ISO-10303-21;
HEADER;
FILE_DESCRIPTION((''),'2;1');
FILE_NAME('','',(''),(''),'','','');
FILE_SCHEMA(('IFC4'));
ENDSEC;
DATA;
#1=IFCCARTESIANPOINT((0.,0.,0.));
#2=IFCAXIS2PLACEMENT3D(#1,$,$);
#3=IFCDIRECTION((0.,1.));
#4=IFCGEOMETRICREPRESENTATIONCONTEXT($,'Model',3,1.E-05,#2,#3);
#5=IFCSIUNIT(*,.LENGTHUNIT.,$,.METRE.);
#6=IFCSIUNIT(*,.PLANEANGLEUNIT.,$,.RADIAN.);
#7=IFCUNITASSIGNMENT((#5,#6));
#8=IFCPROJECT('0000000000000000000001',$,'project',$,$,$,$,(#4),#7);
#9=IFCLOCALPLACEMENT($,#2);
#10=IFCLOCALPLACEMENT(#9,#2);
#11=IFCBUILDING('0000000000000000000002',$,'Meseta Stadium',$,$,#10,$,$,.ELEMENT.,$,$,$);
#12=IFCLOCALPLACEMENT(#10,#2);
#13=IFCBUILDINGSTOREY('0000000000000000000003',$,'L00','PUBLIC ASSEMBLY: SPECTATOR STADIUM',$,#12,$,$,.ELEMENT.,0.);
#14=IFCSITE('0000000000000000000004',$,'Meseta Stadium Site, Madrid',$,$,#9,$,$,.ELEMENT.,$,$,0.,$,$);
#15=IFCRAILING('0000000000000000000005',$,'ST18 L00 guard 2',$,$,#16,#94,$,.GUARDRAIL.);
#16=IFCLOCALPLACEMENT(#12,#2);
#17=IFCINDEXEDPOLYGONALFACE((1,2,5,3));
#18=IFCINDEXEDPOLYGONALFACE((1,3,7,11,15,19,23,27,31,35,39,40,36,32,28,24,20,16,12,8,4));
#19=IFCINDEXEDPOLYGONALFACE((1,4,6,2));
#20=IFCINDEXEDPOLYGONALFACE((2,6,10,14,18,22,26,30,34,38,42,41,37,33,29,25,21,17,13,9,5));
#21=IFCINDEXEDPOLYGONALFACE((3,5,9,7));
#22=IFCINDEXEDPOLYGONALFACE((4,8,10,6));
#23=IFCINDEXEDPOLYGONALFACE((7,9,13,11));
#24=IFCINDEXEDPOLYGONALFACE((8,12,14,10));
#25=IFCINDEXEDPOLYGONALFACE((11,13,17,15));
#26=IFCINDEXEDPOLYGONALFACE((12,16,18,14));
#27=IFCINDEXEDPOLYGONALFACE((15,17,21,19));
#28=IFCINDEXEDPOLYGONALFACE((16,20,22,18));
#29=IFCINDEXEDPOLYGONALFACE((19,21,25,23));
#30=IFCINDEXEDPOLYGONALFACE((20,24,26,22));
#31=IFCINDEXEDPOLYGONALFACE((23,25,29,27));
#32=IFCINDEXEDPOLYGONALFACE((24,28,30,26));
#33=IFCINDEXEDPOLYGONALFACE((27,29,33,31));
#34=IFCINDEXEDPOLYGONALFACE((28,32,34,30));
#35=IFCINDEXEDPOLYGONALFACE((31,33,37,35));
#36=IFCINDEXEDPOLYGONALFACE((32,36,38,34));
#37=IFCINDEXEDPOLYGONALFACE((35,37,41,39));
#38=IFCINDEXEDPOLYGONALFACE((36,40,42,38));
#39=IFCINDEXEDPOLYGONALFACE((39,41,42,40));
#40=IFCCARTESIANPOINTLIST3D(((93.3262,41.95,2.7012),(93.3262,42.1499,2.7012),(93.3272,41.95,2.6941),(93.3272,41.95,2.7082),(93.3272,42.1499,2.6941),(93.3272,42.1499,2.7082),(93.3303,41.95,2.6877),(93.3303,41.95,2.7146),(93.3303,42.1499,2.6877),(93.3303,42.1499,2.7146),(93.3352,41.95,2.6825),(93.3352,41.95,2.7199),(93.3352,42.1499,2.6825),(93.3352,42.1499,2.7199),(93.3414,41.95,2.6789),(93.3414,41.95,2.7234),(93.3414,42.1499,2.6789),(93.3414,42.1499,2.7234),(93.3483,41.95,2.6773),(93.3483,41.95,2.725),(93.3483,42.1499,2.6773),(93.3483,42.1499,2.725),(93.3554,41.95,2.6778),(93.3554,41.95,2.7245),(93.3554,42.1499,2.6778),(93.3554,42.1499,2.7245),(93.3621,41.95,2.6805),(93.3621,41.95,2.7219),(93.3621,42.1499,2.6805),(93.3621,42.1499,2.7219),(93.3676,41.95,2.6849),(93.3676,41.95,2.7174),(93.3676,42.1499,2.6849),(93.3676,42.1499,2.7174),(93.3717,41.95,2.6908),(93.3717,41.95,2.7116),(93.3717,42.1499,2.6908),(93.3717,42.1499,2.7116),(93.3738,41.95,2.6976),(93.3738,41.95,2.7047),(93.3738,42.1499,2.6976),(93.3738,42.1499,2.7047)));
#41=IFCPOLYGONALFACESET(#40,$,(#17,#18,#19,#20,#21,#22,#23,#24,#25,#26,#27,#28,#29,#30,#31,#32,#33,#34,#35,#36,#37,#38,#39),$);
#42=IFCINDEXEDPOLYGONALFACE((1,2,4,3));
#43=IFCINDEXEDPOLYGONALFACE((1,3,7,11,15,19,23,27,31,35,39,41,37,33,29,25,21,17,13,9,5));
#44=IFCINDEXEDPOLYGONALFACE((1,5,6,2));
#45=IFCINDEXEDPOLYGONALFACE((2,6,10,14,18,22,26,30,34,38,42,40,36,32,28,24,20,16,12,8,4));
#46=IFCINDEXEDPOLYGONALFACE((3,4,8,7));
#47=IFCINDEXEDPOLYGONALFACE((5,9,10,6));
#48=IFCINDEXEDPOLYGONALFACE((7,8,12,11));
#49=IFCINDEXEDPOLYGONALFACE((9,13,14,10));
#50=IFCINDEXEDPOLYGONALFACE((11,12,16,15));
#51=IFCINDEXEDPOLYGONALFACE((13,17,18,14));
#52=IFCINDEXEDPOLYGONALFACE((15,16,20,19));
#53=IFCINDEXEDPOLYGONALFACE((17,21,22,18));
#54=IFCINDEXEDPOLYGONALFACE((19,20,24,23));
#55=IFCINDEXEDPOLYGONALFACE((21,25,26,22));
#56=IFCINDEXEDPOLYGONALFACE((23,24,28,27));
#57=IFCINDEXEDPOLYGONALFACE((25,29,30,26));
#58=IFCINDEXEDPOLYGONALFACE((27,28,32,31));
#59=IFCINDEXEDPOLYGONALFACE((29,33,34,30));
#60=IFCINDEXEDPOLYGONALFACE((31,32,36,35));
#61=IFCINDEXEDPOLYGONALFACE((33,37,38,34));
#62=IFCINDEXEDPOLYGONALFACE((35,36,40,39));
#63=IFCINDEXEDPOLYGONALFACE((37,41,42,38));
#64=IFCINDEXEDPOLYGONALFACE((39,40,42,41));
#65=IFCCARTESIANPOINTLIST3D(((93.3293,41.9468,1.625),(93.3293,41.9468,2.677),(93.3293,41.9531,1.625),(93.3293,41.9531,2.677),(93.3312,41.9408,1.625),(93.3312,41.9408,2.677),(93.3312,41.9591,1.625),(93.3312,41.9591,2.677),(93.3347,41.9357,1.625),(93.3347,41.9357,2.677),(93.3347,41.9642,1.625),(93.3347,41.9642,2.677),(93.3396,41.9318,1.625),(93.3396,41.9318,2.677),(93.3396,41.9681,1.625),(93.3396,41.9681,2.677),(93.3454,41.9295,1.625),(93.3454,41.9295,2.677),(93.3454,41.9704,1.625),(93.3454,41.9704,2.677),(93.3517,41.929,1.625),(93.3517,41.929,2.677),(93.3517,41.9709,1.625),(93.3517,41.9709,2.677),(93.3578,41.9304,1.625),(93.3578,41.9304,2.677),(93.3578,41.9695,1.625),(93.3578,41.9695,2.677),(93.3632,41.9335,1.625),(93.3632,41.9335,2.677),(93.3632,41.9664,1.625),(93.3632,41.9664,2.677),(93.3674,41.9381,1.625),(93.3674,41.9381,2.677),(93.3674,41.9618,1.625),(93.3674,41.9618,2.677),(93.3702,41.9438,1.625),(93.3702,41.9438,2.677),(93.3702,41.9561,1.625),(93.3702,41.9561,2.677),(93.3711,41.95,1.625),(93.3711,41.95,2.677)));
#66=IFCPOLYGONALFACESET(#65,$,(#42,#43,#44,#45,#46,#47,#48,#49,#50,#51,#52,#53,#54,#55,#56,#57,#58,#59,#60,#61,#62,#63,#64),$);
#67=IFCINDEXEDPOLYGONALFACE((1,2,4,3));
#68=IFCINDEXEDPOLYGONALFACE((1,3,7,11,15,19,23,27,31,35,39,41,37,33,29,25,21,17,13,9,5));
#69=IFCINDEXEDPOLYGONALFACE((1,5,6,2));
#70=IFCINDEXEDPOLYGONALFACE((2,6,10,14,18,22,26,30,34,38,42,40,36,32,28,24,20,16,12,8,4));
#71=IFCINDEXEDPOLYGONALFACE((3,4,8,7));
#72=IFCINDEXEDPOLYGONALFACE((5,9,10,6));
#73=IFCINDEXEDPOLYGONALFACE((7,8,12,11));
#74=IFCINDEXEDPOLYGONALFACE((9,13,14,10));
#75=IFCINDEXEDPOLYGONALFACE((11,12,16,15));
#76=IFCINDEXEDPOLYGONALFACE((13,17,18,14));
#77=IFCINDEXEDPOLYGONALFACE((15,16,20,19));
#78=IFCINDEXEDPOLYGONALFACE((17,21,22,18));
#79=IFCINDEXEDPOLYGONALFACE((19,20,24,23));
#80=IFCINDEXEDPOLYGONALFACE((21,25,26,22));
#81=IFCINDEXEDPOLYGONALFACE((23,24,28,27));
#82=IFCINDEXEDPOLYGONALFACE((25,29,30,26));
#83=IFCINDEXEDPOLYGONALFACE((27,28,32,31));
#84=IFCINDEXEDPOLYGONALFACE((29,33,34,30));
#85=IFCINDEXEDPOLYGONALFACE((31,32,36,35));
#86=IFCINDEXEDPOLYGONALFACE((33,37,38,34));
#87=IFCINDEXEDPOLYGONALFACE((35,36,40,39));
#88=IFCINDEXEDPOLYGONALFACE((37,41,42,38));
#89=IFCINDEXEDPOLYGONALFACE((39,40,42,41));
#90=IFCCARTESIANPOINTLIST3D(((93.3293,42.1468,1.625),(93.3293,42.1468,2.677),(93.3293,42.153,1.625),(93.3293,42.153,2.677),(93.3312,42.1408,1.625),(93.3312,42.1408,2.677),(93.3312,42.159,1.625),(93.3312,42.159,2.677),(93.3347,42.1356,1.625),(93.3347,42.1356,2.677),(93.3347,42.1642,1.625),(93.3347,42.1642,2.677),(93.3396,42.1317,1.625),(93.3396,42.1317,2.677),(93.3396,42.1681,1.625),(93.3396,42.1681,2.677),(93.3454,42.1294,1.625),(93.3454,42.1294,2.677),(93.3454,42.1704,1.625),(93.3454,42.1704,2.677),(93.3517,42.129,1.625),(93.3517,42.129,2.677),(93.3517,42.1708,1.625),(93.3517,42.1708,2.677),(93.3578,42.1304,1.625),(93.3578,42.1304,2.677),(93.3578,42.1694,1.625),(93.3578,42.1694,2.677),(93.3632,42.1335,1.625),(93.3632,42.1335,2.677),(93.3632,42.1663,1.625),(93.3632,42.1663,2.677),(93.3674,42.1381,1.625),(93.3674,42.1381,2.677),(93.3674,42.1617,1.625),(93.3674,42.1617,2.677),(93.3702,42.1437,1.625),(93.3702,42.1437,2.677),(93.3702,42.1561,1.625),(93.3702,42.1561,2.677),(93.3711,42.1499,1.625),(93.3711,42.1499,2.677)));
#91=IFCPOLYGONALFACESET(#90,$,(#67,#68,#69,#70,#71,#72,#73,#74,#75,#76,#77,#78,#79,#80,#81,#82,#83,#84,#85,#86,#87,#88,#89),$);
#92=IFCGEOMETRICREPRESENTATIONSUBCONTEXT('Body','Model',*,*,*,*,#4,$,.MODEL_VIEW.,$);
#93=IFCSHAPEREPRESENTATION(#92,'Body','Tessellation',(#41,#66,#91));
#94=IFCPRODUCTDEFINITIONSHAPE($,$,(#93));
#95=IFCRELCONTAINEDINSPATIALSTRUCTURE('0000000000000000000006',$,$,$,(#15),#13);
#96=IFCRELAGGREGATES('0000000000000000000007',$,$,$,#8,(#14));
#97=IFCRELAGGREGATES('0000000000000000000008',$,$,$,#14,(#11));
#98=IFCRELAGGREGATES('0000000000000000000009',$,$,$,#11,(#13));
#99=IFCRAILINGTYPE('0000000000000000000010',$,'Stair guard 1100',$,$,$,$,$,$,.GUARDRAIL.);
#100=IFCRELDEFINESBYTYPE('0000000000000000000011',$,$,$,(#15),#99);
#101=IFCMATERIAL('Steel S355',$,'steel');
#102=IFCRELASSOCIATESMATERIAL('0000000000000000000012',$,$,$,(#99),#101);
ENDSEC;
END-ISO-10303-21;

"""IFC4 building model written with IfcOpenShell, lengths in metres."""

from ifc_helpers import new_model, si_unit, direction, frame, origin, origin_2d, place, context, subcontext, project, spatial, circle, extrude, material, type_object, element, save


model = new_model("IFC4")

# Units and contexts
model_context = context("Model", 3, precision=1e-05, world=origin(), true_north=direction((0.0, 1.0)))
body_context = subcontext(model_context, "Body", "Model", "MODEL_VIEW")
ifc_project = project(units=[si_unit("LENGTHUNIT", "METRE"), si_unit("PLANEANGLEUNIT", "RADIAN")], contexts=[model_context])

# Site, building, storey
site_placement = place(None, origin())
site = spatial("IfcSite", under=ifc_project, at=site_placement, Name="Meseta Stadium Site, Madrid", CompositionType="ELEMENT", RefElevation=0.0)
building_placement = place(site_placement, origin())
building = spatial("IfcBuilding", under=site, at=building_placement, Name="Meseta Stadium", CompositionType="ELEMENT")
storey_placement = place(building_placement, origin())
storey = spatial("IfcBuildingStorey", under=building, at=storey_placement, Name="L00", Description="PUBLIC ASSEMBLY: SPECTATOR STADIUM", CompositionType="ELEMENT", Elevation=0.0)

# Railing
ifc_material_1 = material(Name="Steel S355", Category="steel")
railing_type_1 = type_object("IfcRailingType", Name="Stair guard 1100", PredefinedType="GUARDRAIL", material=ifc_material_1)
railing_1_placement = place(storey_placement, frame((93.3501, 41.95, 1.625)))
element("IfcRailing", 1, at=railing_1_placement, inside=storey, type_object=railing_type_1, Name="ST18 L00 guard 2", PredefinedType="GUARDRAIL", context=body_context, shape_type="SweptSolid", body=[
    extrude(circle(Radius=0.0239, at=origin_2d()), frame((0.0, 0.0, 1.0762), z_axis=(0.0, 1.0, 0.0), x_axis=(-1.0, 0.0, 0.0)), (0.0, 0.0, 1.0), 0.2),
    extrude(circle(Radius=0.021, at=origin_2d()), origin(), (0.0, 0.0, 1.0), 1.052),
    extrude(circle(Radius=0.021, at=origin_2d()), frame((0.0, 0.2, 0.0)), (0.0, 0.0, 1.0), 1.052),
])

save(model, "model.ifc")
